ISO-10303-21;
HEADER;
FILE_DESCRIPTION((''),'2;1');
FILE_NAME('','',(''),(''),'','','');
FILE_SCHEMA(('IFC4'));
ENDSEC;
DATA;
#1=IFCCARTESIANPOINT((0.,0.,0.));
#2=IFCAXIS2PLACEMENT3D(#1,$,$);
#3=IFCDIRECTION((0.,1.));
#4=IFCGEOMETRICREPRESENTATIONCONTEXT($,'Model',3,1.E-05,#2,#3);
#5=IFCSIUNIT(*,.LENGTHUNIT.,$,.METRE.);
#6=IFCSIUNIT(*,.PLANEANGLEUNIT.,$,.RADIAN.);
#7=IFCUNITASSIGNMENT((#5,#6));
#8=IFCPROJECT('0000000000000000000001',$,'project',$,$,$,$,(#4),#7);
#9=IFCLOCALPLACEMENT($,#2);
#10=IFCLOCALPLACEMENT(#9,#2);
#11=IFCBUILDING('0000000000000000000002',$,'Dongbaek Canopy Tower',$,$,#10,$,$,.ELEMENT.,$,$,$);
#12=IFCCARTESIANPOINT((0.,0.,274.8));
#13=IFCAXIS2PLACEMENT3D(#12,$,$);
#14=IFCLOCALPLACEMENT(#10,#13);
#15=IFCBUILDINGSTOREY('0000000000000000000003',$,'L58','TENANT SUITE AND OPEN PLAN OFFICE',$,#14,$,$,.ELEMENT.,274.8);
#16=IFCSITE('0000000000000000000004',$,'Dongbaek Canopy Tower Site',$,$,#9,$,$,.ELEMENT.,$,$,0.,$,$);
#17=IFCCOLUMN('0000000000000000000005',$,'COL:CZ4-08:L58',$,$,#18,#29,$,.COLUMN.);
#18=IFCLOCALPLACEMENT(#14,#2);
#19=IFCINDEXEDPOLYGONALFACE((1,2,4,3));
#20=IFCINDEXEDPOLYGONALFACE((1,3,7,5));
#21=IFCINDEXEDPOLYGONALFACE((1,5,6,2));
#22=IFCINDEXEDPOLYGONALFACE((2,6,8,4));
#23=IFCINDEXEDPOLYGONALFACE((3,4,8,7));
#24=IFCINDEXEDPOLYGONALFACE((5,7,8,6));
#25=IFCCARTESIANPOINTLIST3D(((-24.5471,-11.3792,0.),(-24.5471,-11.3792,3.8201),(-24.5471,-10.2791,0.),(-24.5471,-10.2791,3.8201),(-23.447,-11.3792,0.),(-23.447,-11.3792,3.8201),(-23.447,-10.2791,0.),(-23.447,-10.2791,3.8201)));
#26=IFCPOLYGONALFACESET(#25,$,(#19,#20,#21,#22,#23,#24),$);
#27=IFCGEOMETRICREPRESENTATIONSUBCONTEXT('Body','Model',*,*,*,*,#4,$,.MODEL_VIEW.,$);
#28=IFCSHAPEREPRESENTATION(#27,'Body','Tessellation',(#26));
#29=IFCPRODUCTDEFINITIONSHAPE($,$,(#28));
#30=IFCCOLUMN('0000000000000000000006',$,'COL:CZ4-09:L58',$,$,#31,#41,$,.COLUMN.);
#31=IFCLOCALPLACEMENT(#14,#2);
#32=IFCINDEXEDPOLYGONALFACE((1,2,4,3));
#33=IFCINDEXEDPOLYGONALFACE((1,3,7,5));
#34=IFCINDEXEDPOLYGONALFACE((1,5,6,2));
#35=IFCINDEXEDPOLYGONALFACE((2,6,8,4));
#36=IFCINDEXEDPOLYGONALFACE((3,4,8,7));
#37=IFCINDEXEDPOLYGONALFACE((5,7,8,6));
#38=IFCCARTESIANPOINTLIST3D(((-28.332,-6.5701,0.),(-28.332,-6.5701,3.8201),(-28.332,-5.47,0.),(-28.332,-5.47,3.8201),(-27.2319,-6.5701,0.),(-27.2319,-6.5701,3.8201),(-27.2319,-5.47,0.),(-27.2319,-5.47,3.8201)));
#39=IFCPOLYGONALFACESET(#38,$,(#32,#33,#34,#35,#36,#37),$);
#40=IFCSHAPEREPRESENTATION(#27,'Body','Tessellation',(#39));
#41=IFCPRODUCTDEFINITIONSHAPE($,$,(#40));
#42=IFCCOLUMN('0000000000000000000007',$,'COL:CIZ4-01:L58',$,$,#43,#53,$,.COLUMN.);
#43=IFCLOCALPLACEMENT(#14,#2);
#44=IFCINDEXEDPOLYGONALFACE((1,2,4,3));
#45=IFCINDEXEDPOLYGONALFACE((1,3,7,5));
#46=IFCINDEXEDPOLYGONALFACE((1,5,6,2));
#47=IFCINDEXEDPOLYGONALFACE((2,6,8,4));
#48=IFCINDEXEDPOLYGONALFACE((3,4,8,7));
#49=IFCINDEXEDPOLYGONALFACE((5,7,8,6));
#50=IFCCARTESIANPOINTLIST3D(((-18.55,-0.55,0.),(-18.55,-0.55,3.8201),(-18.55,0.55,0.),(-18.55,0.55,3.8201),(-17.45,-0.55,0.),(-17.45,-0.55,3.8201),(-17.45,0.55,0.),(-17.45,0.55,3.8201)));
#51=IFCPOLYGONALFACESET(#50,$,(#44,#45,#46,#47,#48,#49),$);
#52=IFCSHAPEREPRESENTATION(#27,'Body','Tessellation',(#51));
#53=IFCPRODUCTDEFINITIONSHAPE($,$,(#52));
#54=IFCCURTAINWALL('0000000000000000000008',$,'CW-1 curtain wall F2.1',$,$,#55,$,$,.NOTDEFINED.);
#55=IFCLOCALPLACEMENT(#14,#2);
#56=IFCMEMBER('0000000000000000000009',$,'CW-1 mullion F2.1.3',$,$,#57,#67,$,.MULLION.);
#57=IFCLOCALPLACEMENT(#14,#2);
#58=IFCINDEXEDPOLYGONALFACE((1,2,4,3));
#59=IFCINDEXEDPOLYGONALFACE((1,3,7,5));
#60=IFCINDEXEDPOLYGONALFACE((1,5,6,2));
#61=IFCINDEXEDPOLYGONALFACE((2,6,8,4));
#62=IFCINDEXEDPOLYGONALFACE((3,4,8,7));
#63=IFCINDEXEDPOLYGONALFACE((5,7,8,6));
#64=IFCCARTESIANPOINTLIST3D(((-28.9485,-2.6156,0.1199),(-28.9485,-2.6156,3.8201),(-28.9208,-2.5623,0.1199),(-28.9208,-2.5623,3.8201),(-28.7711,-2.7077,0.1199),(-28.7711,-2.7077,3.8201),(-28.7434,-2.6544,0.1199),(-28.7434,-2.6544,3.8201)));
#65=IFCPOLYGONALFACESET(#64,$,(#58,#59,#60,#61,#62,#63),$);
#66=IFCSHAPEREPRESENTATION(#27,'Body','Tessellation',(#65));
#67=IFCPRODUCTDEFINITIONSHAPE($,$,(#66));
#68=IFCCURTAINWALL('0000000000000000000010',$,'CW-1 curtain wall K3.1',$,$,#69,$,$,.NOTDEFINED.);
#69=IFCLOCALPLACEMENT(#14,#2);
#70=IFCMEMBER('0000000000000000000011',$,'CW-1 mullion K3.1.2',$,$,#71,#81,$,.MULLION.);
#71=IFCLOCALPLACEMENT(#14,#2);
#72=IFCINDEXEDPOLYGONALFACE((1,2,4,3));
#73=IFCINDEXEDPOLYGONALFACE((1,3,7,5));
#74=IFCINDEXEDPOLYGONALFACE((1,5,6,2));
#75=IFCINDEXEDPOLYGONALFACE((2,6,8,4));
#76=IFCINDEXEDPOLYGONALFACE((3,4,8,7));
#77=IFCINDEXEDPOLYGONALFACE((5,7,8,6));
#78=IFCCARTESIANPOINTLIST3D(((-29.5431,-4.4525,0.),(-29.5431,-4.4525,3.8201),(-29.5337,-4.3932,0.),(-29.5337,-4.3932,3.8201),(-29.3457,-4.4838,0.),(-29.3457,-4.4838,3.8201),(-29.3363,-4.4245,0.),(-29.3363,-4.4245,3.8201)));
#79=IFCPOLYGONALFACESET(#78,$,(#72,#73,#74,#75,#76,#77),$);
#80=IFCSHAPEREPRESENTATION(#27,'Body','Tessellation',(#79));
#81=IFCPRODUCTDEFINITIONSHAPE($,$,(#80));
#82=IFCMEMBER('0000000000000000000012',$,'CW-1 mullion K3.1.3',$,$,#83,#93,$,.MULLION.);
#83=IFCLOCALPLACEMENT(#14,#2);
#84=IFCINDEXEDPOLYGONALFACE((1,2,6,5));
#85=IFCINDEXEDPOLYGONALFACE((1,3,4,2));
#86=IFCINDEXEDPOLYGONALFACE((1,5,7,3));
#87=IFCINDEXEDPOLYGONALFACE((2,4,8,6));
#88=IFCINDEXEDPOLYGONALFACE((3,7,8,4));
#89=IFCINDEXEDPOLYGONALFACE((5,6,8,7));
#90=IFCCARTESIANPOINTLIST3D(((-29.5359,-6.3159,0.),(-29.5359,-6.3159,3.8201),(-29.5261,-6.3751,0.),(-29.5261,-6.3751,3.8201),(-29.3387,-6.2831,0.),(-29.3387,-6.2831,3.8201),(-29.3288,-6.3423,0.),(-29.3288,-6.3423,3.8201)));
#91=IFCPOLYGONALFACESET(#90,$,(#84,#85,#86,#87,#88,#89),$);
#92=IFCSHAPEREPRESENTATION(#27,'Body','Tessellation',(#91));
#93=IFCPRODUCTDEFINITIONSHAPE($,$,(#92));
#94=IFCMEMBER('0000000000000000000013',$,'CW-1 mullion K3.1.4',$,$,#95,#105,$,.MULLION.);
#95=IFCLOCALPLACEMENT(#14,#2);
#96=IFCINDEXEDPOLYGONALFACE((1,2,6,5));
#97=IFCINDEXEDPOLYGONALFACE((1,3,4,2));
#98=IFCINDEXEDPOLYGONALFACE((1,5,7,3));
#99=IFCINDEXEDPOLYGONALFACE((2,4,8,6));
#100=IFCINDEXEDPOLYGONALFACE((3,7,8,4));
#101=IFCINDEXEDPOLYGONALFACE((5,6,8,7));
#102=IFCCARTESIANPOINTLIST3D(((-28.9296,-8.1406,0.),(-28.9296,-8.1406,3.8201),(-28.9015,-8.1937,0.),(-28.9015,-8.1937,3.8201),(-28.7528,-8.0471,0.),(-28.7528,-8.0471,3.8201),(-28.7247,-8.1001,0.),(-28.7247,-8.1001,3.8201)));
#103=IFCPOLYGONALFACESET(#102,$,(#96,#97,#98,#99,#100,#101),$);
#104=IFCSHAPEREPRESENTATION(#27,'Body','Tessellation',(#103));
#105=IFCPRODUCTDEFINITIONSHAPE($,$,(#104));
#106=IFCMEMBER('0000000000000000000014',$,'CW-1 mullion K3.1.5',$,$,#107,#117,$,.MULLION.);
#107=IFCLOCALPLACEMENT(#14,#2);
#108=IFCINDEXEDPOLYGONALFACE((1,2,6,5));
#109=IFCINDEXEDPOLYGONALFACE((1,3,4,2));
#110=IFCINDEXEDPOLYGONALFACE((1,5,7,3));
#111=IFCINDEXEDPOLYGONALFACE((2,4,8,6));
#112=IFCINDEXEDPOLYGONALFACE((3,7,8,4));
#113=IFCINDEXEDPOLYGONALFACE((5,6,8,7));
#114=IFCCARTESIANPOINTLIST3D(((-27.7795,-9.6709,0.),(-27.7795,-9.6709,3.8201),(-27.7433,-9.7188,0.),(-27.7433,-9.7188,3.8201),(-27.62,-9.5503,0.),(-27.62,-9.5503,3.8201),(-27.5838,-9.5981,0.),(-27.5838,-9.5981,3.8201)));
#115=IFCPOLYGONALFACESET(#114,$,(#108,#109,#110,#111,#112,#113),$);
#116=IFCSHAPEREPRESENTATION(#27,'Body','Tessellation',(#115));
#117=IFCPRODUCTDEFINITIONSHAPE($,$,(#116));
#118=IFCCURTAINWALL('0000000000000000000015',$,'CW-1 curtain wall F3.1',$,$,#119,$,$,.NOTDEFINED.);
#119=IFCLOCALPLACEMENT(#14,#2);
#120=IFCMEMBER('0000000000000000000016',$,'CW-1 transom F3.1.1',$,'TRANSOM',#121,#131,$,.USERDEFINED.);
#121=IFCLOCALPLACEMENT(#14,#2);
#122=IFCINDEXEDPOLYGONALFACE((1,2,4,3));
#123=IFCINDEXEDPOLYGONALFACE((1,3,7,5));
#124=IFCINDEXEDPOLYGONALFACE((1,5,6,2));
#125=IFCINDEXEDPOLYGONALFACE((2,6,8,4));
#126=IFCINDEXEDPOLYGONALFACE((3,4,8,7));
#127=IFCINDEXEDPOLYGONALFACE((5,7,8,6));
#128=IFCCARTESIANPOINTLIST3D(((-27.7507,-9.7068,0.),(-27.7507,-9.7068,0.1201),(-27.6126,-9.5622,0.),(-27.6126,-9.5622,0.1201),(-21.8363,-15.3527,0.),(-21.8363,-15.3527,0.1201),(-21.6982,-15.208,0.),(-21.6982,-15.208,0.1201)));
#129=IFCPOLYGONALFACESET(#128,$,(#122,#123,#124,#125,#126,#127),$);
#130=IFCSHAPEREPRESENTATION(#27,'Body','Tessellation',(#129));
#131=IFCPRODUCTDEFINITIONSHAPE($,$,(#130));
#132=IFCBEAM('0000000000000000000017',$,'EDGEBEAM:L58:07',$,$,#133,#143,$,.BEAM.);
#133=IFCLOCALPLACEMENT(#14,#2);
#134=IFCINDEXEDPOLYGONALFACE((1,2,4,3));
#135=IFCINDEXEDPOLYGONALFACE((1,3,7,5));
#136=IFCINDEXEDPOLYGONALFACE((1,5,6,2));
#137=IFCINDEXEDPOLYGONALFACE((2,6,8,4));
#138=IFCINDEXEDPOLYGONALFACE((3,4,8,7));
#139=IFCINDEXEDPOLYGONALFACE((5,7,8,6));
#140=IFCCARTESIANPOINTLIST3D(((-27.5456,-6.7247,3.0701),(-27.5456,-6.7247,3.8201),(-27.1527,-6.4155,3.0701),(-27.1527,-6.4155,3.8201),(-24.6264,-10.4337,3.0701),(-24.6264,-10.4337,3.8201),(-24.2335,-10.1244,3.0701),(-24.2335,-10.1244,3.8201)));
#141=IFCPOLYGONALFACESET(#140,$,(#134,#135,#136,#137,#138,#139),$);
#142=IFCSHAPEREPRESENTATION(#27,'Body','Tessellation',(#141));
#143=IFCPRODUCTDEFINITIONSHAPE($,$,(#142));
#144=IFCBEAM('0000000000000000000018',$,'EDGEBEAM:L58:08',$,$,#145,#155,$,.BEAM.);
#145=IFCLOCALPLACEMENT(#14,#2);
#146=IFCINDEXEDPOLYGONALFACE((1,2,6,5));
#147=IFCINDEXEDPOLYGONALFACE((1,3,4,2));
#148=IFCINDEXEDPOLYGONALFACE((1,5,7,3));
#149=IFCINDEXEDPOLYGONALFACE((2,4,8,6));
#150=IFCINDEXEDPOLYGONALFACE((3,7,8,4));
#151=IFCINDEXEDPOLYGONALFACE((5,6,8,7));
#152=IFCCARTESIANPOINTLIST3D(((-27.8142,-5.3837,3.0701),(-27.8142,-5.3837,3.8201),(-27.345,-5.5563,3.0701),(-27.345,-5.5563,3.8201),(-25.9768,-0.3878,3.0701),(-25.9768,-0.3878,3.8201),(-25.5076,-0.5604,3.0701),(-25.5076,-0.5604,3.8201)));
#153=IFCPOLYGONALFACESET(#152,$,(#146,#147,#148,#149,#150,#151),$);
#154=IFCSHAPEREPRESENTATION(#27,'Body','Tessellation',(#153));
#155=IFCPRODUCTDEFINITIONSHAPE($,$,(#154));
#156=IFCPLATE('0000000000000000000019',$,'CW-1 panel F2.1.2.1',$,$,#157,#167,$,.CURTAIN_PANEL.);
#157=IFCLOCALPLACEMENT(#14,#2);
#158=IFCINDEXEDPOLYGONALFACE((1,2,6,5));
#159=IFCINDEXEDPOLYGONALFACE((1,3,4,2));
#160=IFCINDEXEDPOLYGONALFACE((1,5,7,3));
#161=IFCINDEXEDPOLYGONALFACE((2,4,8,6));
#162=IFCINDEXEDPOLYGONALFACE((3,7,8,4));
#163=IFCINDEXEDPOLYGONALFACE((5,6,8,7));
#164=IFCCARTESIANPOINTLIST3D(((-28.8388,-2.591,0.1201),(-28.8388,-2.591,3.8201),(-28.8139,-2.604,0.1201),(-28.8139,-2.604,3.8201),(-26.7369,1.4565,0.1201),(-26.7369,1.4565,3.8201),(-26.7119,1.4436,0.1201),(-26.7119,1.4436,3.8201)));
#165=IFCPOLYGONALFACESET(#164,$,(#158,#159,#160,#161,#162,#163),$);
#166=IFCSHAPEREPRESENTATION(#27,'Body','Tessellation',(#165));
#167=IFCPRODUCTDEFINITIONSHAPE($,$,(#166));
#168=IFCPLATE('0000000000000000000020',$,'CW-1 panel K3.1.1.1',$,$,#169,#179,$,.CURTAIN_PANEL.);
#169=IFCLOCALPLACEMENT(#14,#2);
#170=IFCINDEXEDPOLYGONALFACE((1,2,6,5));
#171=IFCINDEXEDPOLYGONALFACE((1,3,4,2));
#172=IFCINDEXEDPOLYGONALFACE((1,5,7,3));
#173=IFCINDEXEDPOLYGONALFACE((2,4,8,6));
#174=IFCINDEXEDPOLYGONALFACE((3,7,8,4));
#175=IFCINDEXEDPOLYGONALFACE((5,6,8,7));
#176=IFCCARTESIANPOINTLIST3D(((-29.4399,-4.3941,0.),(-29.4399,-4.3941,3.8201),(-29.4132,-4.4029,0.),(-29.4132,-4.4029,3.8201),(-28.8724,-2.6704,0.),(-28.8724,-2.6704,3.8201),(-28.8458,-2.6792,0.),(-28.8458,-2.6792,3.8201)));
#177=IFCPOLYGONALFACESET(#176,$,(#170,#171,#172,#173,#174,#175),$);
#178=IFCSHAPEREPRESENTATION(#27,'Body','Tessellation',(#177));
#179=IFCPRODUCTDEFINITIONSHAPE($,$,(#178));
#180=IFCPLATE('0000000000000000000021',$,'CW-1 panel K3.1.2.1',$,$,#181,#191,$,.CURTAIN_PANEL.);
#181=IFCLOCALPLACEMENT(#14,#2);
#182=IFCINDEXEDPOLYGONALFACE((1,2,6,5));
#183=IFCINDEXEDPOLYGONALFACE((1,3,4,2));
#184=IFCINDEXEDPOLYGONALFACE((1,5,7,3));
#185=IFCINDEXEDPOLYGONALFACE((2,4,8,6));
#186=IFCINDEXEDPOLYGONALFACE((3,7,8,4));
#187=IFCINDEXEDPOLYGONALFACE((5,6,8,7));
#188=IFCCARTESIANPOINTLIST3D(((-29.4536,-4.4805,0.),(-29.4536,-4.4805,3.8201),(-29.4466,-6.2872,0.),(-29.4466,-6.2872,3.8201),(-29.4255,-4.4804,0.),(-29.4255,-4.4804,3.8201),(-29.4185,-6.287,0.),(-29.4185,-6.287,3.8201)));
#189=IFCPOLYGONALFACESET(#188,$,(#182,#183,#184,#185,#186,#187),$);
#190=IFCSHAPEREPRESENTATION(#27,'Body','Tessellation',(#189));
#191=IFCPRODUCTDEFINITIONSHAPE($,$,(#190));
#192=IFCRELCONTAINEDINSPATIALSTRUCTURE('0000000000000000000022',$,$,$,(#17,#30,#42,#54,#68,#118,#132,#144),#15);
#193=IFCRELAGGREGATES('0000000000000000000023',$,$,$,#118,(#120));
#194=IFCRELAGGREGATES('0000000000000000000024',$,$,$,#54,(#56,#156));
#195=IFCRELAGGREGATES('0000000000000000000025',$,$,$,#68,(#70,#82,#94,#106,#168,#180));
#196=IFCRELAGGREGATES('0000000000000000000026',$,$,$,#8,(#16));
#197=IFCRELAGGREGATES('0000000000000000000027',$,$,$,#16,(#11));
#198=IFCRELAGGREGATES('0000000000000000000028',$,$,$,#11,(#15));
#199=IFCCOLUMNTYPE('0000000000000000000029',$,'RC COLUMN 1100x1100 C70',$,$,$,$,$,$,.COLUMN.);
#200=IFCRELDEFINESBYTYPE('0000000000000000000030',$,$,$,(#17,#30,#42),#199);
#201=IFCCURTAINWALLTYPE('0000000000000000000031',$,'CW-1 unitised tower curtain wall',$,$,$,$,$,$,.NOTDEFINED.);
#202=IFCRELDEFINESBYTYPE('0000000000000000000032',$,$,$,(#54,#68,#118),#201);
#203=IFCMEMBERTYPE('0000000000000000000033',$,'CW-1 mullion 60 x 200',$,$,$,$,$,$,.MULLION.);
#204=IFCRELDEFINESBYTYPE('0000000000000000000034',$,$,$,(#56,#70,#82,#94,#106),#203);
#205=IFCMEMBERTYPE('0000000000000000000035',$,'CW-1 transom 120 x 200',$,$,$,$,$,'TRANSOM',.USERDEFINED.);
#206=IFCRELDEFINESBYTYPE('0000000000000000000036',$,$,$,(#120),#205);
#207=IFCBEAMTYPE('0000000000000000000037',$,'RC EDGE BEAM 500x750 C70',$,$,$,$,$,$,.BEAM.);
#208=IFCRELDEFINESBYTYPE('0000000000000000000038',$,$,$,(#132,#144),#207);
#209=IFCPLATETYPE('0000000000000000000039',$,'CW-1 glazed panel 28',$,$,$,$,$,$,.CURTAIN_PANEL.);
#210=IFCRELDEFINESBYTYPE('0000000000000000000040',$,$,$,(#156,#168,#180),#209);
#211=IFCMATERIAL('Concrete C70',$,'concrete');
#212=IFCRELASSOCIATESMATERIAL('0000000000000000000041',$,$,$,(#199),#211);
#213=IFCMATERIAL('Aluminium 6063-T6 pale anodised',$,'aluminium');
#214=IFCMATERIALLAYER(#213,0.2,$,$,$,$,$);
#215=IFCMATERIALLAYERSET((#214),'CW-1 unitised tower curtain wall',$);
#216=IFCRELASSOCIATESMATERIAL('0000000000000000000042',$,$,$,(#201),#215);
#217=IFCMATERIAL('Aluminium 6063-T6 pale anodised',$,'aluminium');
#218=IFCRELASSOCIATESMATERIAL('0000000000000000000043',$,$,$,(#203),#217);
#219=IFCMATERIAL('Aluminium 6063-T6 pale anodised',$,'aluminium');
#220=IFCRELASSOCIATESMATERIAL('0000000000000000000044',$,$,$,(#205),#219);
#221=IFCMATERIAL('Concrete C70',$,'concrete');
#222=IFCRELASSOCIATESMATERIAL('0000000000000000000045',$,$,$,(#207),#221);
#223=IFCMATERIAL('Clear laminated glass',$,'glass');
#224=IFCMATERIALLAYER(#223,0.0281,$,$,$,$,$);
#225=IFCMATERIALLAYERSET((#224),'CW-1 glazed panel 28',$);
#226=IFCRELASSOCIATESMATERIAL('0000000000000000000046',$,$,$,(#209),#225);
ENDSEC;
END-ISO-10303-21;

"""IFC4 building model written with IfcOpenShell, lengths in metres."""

from ifc_helpers import new_model, si_unit, direction, frame, origin, origin_2d, place, context, subcontext, project, spatial, rectangle, extrude, material, layer, layer_set, material_profile, profile_set, type_object, element, aggregate, save


model = new_model("IFC4")

# Units and contexts
model_context = context("Model", 3, precision=1e-05, world=origin(), true_north=direction((0.0, 1.0)))
body_context = subcontext(model_context, "Body", "Model", "MODEL_VIEW")
ifc_project = project(units=[si_unit("LENGTHUNIT", "METRE"), si_unit("PLANEANGLEUNIT", "RADIAN")], contexts=[model_context])

# Site, building, storey
site_placement = place(None, origin())
site = spatial("IfcSite", under=ifc_project, at=site_placement, Name="Dongbaek Canopy Tower Site", CompositionType="ELEMENT", RefElevation=0.0)
building_placement = place(site_placement, origin())
building = spatial("IfcBuilding", under=site, at=building_placement, Name="Dongbaek Canopy Tower", CompositionType="ELEMENT")
storey_placement = place(building_placement, frame((0.0, 0.0, 274.8)))
storey = spatial("IfcBuildingStorey", under=building, at=storey_placement, Name="L58", Description="TENANT SUITE AND OPEN PLAN OFFICE", CompositionType="ELEMENT", Elevation=274.8)

# Columns
ifc_material_1 = material(Name="Concrete C70", Category="concrete")
ifc_material_profile_1 = material_profile(ifc_material_1, rectangle(XDim=1.1001, YDim=1.1001, at=origin_2d()), Name="RC COLUMN 1100x1100 C70")
ifc_profile_set_1 = profile_set([ifc_material_profile_1], Name="Concrete C70")
column_type = type_object("IfcColumnType", Name="RC COLUMN 1100x1100 C70", PredefinedType="COLUMN", material=ifc_profile_set_1)
for number, where, z_axis, x_axis, name in (
    (1, (-23.9971, -10.8291, 0.0), (0.0, 0.0, 1.0), (1.0, 0.0, 0.0), "COL:CZ4-08:L58"),
    (2, (-27.782, -6.02, 0.0), (0.0, 0.0, 1.0), (1.0, 0.0, 0.0), "COL:CZ4-09:L58"),
    (3, (-18.0, 0.0, 0.0), (0.0, 0.0, 1.0), (1.0, 0.0, 0.0), "COL:CIZ4-01:L58"),
):
    element("IfcColumn", number, at=place(storey_placement, frame(where, z_axis=z_axis, x_axis=x_axis)), inside=storey, type_object=column_type, Name=name, PredefinedType="COLUMN", context=body_context, shape_type="SweptSolid", body=[
        extrude(rectangle(XDim=1.1001, YDim=1.1001, at=origin_2d()), origin(), (0.0, 0.0, 1.0), 3.8201),
    ])

# Curtain wall, member
ifc_material_2 = material(Name="Aluminium 6063-T6 pale anodised", Category="aluminium")
ifc_layer_1 = layer(ifc_material_2, 0.2)
ifc_layer_set_1 = layer_set([ifc_layer_1], Name="CW-1 unitised tower curtain wall")
curtain_wall_type = type_object("IfcCurtainWallType", Name="CW-1 unitised tower curtain wall", PredefinedType="NOTDEFINED", material=ifc_layer_set_1)
curtain_wall_1_placement = place(storey_placement, origin())
curtain_wall_1 = element("IfcCurtainWall", 4, at=curtain_wall_1_placement, inside=storey, type_object=curtain_wall_type, Name="CW-1 curtain wall F2.1", PredefinedType="NOTDEFINED")
ifc_material_3 = material(Name="Aluminium 6063-T6 pale anodised", Category="aluminium")
ifc_material_profile_2 = material_profile(ifc_material_3, rectangle(XDim=0.2, YDim=0.0601, at=origin_2d()), Name="CW-1 mullion 60 x 200")
ifc_profile_set_2 = profile_set([ifc_material_profile_2], Name="Aluminium 6063-T6 pale anodised")
member_type_1 = type_object("IfcMemberType", Name="CW-1 mullion 60 x 200", PredefinedType="MULLION", material=ifc_profile_set_2)
member_1_placement = place(storey_placement, frame((-28.8459, -2.635, 0.1199), z_axis=(0.0, 0.0, 1.0), x_axis=(-0.887462, 0.46088, 0.0)))
member_1 = element("IfcMember", 5, at=member_1_placement, type_object=member_type_1, Name="CW-1 mullion F2.1.3", PredefinedType="MULLION", context=body_context, shape_type="SweptSolid", body=[
    extrude(rectangle(XDim=0.2, YDim=0.0601, at=origin_2d()), origin(), (0.0, 0.0, 1.0), 3.7002),
])

# Curtain wall, members
curtain_wall_2_placement = place(storey_placement, origin())
curtain_wall_2 = element("IfcCurtainWall", 6, at=curtain_wall_2_placement, inside=storey, type_object=curtain_wall_type, Name="CW-1 curtain wall K3.1", PredefinedType="NOTDEFINED")
member_2_placement = place(storey_placement, frame((-29.4397, -4.4385, 0.0), z_axis=(0.0, 0.0, 1.0), x_axis=(-0.987688, 0.156435, 0.0)))
member_2 = element("IfcMember", 7, at=member_2_placement, type_object=member_type_1, Name="CW-1 mullion K3.1.2", PredefinedType="MULLION", context=body_context, shape_type="SweptSolid", body=[
    extrude(rectangle(XDim=0.2, YDim=0.0601, at=origin_2d()), origin(), (0.0, 0.0, 1.0), 3.8201),
])
member_3_placement = place(storey_placement, frame((-29.4324, -6.3291, 0.0), z_axis=(0.0, 0.0, 1.0), x_axis=(-0.986447, -0.164082, 0.0)))
member_3 = element("IfcMember", 8, at=member_3_placement, type_object=member_type_1, Name="CW-1 mullion K3.1.3", PredefinedType="MULLION", context=body_context, shape_type="SweptSolid", body=[
    extrude(rectangle(XDim=0.2, YDim=0.0601, at=origin_2d()), origin(), (0.0, 0.0, 1.0), 3.8201),
])
member_4_placement = place(storey_placement, frame((-28.8271, -8.1204, 0.0), z_axis=(0.0, 0.0, 1.0), x_axis=(-0.883865, -0.467742, 0.0)))
member_4 = element("IfcMember", 9, at=member_4_placement, type_object=member_type_1, Name="CW-1 mullion K3.1.4", PredefinedType="MULLION", context=body_context, shape_type="SweptSolid", body=[
    extrude(rectangle(XDim=0.2, YDim=0.0601, at=origin_2d()), origin(), (0.0, 0.0, 1.0), 3.8201),
])
member_5_placement = place(storey_placement, frame((-27.6816, -9.6345, 0.0), z_axis=(0.0, 0.0, 1.0), x_axis=(-0.797481, -0.603344, 0.0)))
member_5 = element("IfcMember", 10, at=member_5_placement, type_object=member_type_1, Name="CW-1 mullion K3.1.5", PredefinedType="MULLION", context=body_context, shape_type="SweptSolid", body=[
    extrude(rectangle(XDim=0.2, YDim=0.0601, at=origin_2d()), origin(), (0.0, 0.0, 1.0), 3.8201),
])

# Curtain wall, member
curtain_wall_3_placement = place(storey_placement, origin())
curtain_wall_3 = element("IfcCurtainWall", 11, at=curtain_wall_3_placement, inside=storey, type_object=curtain_wall_type, Name="CW-1 curtain wall F3.1", PredefinedType="NOTDEFINED")
ifc_material_4 = material(Name="Aluminium 6063-T6 pale anodised", Category="aluminium")
ifc_material_profile_3 = material_profile(ifc_material_4, rectangle(XDim=0.2, YDim=0.1201, at=origin_2d()), Name="CW-1 transom 120 x 200")
ifc_profile_set_3 = profile_set([ifc_material_profile_3], Name="Aluminium 6063-T6 pale anodised")
member_type_2 = type_object("IfcMemberType", Name="CW-1 transom 120 x 200", ElementType="TRANSOM", PredefinedType="USERDEFINED", material=ifc_profile_set_3)
member_6_placement = place(storey_placement, frame((-27.6816, -9.6345, 0.0601), z_axis=(0.723339, -0.690494, 0.0), x_axis=(0.690494, 0.723339, 0.0)))
member_6 = element("IfcMember", 12, at=member_6_placement, type_object=member_type_2, Name="CW-1 transom F3.1.1", ObjectType="TRANSOM", PredefinedType="USERDEFINED", context=body_context, shape_type="SweptSolid", body=[
    extrude(rectangle(XDim=0.2, YDim=0.1201, at=origin_2d()), origin(), (0.0, 0.0, 1.0), 8.1765),
])
aggregate(curtain_wall_3, [member_6])

# Beams
ifc_material_5 = material(Name="Concrete C70", Category="concrete")
ifc_material_profile_4 = material_profile(ifc_material_5, rectangle(XDim=0.5, YDim=0.75, at=origin_2d()), Name="RC EDGE BEAM 500x750 C70")
ifc_profile_set_4 = profile_set([ifc_material_profile_4], Name="Concrete C70")
beam_type = type_object("IfcBeamType", Name="RC EDGE BEAM 500x750 C70", PredefinedType="BEAM", material=ifc_profile_set_4)
beam_1_placement = place(storey_placement, frame((-24.4299, -10.2791, 3.4451), z_axis=(-0.618475, 0.785805, 0.0), x_axis=(-0.785805, -0.618475, 0.0)))
element("IfcBeam", 13, at=beam_1_placement, inside=storey, type_object=beam_type, Name="EDGEBEAM:L58:07", PredefinedType="BEAM", context=body_context, shape_type="SweptSolid", body=[
    extrude(rectangle(XDim=0.5, YDim=0.75, at=origin_2d()), origin(), (0.0, 0.0, 1.0), 4.72),
])
beam_2_placement = place(storey_placement, frame((-27.5796, -5.47, 3.4451), z_axis=(0.34518, 0.938536, 0.0), x_axis=(-0.938536, 0.34518, 0.0)))
element("IfcBeam", 14, at=beam_2_placement, inside=storey, type_object=beam_type, Name="EDGEBEAM:L58:08", PredefinedType="BEAM", context=body_context, shape_type="SweptSolid", body=[
    extrude(rectangle(XDim=0.5, YDim=0.75, at=origin_2d()), origin(), (0.0, 0.0, 1.0), 5.323),
])

# Plates
ifc_material_6 = material(Name="Clear laminated glass", Category="glass")
ifc_layer_2 = layer(ifc_material_6, 0.0281)
ifc_layer_set_2 = layer_set([ifc_layer_2], Name="CW-1 glazed panel 28")
plate_type = type_object("IfcPlateType", Name="CW-1 glazed panel 28", PredefinedType="CURTAIN_PANEL", material=ifc_layer_set_2)
plate_1_placement = place(storey_placement, frame((-27.7754, -0.5737, 0.1201), z_axis=(0.0, 0.0, 1.0), x_axis=(-0.46088, -0.887462, 0.0)))
plate_1 = element("IfcPlate", 15, at=plate_1_placement, type_object=plate_type, Name="CW-1 panel F2.1.2.1", PredefinedType="CURTAIN_PANEL", context=body_context, shape_type="SweptSolid", body=[
    extrude(rectangle(XDim=4.5608, YDim=0.0281, at=origin_2d()), origin(), (0.0, 0.0, 1.0), 3.7),
])
plate_2_placement = place(storey_placement, frame((-29.1428, -3.5366, 0.0), z_axis=(0.0, 0.0, 1.0), x_axis=(-0.312699, -0.949852, 0.0)))
plate_2 = element("IfcPlate", 16, at=plate_2_placement, type_object=plate_type, Name="CW-1 panel K3.1.1.1", PredefinedType="CURTAIN_PANEL", context=body_context, shape_type="SweptSolid", body=[
    extrude(rectangle(XDim=1.8147, YDim=0.0281, at=origin_2d()), origin(), (0.0, 0.0, 1.0), 3.8201),
])
plate_3_placement = place(storey_placement, frame((-29.436, -5.3838, 0.0), z_axis=(0.0, 0.0, 1.0), x_axis=(0.003874, -0.999992, 0.0)))
plate_3 = element("IfcPlate", 17, at=plate_3_placement, type_object=plate_type, Name="CW-1 panel K3.1.2.1", PredefinedType="CURTAIN_PANEL", context=body_context, shape_type="SweptSolid", body=[
    extrude(rectangle(XDim=1.8066, YDim=0.0281, at=origin_2d()), origin(), (0.0, 0.0, 1.0), 3.8201),
])

aggregate(curtain_wall_1, [member_1, plate_1])
aggregate(curtain_wall_2, [member_2, member_3, member_4, member_5, plate_2, plate_3])

save(model, "model.ifc")
